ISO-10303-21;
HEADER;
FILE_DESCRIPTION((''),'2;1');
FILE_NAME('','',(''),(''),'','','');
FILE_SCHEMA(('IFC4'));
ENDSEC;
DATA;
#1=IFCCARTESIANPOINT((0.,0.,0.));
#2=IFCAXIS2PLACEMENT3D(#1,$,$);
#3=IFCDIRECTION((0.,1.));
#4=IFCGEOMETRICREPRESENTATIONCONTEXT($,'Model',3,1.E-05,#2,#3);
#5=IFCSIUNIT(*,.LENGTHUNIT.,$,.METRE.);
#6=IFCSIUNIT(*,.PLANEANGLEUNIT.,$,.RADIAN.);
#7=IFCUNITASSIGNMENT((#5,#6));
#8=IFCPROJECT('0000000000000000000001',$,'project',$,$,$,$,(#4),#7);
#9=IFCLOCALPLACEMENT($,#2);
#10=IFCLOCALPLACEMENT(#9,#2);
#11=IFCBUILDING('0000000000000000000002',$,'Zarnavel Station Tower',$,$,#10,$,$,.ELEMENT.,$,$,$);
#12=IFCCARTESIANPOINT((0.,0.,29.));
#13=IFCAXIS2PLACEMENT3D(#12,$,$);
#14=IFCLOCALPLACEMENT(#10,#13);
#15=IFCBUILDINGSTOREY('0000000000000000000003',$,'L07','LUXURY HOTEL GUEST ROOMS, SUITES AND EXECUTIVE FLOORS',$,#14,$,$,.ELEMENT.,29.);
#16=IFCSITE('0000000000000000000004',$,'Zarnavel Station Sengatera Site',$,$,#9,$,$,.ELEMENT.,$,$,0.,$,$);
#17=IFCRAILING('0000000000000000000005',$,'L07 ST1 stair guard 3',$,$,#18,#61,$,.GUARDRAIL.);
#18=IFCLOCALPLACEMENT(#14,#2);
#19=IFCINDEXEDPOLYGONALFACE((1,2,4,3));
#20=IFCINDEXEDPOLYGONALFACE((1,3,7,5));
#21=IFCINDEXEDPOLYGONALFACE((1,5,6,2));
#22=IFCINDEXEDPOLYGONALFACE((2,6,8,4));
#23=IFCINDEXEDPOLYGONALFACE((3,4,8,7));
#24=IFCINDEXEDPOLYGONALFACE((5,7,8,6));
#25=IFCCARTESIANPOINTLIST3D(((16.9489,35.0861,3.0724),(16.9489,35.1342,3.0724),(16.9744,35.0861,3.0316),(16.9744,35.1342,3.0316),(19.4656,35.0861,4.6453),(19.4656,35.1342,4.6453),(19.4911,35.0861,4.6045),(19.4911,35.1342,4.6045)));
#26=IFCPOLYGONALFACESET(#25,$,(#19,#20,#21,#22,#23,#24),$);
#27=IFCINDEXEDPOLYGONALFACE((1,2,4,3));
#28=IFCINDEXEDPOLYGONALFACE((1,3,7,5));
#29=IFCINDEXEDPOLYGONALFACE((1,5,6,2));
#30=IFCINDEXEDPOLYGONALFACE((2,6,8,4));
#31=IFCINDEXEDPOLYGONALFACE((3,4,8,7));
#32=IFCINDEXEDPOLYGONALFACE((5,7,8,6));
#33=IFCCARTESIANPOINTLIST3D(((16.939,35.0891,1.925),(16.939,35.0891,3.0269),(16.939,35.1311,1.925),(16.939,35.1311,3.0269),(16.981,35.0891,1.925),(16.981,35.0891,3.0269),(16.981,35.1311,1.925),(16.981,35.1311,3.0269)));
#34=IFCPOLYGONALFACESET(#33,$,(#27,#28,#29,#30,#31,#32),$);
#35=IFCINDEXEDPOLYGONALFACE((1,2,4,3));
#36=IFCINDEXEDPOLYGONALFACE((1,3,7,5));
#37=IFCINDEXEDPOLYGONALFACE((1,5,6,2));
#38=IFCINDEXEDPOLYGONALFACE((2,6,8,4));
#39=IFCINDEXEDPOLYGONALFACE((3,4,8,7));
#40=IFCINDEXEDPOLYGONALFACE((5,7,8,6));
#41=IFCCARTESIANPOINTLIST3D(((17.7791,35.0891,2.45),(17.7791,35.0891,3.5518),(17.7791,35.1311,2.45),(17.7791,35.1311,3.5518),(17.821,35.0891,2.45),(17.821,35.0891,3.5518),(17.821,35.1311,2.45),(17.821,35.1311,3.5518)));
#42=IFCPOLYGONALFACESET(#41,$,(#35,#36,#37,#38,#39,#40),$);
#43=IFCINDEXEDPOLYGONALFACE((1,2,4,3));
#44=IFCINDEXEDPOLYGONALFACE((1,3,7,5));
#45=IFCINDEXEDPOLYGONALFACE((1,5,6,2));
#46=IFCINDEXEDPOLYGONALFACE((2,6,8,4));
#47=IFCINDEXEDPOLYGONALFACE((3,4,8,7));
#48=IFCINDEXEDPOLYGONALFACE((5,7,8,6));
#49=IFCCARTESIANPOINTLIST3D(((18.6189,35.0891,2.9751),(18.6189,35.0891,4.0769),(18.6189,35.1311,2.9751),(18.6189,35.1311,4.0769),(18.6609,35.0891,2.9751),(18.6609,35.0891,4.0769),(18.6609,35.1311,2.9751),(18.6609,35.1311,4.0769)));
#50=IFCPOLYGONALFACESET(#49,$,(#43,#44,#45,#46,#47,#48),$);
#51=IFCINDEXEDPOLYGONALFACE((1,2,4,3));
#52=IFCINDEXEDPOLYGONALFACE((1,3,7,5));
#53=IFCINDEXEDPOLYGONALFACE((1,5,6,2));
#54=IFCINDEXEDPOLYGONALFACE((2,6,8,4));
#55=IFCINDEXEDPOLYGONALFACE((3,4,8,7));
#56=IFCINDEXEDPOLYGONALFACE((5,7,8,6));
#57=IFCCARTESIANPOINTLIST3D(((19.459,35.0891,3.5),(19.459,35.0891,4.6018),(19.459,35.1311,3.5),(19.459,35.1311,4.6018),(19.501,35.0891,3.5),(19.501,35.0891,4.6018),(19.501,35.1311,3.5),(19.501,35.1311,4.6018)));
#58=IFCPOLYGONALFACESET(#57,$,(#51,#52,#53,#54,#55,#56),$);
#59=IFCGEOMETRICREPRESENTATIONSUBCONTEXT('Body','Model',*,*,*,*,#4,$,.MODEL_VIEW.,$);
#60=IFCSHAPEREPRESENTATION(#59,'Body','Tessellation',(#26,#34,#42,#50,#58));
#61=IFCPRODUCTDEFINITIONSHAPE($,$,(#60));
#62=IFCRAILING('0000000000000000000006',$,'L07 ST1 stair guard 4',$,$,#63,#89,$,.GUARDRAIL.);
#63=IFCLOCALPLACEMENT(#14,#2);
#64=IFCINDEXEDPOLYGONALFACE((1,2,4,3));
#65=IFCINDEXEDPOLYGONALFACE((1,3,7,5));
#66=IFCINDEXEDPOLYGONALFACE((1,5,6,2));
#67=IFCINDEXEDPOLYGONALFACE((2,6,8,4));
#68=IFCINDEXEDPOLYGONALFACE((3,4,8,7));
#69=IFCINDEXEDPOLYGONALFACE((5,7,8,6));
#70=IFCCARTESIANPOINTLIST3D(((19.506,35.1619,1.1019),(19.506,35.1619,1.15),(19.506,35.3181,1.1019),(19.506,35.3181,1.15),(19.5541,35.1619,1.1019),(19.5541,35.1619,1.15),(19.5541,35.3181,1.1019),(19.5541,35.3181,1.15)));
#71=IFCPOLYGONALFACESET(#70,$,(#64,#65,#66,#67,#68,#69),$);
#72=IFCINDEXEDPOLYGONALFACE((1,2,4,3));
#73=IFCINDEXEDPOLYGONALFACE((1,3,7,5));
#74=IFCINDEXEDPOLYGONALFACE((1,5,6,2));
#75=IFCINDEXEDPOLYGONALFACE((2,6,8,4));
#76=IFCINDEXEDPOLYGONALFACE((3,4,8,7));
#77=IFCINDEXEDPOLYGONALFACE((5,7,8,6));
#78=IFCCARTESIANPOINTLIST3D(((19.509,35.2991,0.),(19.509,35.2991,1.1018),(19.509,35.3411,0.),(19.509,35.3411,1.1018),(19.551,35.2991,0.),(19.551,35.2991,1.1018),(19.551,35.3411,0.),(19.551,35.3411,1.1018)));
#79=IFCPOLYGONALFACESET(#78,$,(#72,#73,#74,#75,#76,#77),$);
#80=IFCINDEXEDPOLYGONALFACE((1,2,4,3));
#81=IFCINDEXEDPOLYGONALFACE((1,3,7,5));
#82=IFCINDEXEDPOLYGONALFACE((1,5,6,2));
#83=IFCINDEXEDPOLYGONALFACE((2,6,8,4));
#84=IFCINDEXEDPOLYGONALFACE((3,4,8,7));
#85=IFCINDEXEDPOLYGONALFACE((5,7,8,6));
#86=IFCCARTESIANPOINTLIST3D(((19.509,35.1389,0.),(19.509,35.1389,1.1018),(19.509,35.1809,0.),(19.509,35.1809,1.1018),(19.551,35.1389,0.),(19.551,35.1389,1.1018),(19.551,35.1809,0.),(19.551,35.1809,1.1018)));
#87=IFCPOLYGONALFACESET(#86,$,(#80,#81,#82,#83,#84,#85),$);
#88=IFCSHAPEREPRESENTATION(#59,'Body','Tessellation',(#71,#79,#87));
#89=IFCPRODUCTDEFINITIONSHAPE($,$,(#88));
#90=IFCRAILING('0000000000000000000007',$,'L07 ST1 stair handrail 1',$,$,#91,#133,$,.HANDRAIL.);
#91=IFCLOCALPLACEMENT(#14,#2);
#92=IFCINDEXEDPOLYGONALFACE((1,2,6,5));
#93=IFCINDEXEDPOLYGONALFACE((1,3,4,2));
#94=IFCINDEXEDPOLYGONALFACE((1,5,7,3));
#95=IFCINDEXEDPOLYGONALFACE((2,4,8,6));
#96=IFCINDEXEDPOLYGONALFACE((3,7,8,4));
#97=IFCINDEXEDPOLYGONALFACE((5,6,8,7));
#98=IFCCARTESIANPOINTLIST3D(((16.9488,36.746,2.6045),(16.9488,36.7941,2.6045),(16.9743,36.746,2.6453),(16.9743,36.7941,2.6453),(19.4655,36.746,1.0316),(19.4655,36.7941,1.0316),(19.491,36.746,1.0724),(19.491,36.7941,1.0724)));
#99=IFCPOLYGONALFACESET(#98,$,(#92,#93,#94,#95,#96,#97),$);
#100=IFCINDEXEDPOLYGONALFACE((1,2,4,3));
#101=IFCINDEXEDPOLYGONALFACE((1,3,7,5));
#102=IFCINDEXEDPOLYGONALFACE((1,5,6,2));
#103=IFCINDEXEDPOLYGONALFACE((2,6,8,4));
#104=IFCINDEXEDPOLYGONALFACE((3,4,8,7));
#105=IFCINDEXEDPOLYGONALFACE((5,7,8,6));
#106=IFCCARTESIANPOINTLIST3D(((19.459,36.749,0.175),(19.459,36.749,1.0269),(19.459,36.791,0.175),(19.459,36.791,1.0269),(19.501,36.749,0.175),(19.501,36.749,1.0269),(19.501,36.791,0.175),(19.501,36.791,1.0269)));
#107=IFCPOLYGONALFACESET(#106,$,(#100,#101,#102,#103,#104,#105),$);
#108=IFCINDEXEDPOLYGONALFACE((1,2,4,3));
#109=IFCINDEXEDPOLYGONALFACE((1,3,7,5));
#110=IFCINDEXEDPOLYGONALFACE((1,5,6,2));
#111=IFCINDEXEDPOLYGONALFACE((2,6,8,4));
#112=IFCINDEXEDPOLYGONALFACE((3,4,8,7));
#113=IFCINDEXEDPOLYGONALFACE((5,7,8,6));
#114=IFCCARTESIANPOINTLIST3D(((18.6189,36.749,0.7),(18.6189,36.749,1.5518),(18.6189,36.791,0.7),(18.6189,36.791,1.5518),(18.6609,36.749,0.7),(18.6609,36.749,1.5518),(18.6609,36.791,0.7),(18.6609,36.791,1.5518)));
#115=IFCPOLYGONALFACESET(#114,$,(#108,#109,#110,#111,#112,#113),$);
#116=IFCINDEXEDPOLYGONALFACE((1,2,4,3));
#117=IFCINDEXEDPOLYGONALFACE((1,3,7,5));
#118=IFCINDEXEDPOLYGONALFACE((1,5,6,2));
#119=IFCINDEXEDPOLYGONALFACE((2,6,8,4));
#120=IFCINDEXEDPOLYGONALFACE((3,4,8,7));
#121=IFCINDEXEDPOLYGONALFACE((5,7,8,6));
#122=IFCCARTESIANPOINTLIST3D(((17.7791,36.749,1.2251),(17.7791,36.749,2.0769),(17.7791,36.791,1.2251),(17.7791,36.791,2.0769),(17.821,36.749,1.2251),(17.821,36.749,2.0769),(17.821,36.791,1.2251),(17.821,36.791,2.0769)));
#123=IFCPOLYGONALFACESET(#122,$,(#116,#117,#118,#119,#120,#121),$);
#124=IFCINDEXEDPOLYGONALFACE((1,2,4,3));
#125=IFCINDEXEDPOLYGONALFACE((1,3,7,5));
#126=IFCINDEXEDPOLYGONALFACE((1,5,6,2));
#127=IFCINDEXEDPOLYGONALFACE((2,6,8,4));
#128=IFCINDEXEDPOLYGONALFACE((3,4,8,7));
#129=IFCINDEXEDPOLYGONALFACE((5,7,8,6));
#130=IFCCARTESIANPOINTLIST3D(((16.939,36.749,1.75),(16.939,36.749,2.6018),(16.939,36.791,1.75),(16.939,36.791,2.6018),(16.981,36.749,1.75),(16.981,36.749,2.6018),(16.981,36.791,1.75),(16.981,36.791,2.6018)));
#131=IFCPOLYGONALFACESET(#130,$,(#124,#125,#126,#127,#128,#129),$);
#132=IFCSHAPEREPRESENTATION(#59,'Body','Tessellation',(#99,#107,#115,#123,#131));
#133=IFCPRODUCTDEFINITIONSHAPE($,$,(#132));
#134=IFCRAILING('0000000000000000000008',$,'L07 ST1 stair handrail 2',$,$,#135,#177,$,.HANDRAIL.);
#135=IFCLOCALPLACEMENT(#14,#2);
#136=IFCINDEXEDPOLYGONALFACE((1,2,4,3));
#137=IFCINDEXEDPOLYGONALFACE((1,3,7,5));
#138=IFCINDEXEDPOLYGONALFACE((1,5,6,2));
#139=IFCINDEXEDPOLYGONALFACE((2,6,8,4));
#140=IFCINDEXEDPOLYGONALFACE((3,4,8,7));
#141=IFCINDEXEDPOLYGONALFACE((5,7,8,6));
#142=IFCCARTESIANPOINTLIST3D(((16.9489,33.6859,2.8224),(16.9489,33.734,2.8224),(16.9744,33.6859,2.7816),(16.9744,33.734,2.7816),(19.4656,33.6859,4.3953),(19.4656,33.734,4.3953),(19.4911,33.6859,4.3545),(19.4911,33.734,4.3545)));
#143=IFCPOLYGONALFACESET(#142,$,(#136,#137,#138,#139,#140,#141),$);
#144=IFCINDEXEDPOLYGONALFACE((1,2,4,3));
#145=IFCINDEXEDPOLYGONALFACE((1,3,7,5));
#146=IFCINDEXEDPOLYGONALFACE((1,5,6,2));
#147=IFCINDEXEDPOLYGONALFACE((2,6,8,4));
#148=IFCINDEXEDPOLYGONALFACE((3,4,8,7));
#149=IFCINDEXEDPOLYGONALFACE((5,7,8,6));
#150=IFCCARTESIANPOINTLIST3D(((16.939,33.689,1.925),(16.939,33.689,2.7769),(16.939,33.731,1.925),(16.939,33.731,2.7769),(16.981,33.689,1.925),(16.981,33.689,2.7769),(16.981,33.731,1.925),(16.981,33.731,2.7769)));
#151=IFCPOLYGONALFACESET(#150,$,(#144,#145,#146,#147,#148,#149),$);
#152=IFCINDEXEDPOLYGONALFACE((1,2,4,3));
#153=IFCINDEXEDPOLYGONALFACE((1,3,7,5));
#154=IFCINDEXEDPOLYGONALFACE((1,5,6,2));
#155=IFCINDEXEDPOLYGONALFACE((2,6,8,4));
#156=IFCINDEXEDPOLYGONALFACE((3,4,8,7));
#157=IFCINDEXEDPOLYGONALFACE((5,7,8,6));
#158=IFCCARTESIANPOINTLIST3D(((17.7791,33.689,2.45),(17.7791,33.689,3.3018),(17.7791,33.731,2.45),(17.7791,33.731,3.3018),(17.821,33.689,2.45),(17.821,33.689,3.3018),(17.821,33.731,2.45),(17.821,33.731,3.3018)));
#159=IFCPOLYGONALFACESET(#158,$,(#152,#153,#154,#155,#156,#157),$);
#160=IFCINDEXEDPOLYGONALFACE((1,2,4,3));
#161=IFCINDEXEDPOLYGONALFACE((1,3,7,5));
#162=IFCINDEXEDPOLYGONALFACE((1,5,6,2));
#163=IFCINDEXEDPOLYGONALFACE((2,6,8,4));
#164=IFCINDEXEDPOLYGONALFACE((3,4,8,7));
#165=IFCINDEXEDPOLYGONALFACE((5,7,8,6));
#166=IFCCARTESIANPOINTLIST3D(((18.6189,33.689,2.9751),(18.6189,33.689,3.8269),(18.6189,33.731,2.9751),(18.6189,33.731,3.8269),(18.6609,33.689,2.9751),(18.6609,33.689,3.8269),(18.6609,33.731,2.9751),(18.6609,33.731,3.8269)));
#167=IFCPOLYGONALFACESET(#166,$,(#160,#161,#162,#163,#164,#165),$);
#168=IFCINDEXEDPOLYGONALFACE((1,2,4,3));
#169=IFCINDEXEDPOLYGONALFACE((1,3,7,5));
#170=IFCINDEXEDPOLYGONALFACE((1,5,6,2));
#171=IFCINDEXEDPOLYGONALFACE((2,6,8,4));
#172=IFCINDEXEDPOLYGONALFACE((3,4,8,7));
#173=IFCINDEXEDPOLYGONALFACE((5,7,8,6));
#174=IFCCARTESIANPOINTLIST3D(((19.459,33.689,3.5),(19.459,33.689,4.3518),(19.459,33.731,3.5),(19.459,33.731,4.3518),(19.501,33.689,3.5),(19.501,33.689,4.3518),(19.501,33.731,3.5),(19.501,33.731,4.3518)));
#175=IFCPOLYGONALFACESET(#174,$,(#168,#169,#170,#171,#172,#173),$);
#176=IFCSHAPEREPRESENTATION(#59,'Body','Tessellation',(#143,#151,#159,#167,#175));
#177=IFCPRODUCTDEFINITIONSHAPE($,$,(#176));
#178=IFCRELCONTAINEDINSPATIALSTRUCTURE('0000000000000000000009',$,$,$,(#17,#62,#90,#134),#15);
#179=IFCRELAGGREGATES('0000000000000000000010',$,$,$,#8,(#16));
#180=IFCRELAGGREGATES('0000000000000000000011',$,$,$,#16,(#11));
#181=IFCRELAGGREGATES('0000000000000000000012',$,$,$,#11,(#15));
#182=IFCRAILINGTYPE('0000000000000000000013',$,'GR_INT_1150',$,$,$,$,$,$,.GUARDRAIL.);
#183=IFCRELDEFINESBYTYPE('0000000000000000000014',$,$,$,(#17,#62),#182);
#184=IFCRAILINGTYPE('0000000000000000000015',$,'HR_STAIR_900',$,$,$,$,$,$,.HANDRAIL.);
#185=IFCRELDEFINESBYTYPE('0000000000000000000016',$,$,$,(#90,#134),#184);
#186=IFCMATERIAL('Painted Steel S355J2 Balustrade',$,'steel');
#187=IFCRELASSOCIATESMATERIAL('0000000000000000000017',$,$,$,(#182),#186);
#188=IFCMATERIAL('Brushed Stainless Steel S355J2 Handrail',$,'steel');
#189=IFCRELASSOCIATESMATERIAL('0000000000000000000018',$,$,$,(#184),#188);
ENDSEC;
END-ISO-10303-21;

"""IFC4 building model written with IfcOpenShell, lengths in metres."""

from ifc_helpers import new_model, si_unit, direction, frame, origin, origin_2d, place, context, subcontext, project, spatial, rectangle, extrude, material, type_object, element, save


model = new_model("IFC4")

# Units and contexts
model_context = context("Model", 3, precision=1e-05, world=origin(), true_north=direction((0.0, 1.0)))
body_context = subcontext(model_context, "Body", "Model", "MODEL_VIEW")
ifc_project = project(units=[si_unit("LENGTHUNIT", "METRE"), si_unit("PLANEANGLEUNIT", "RADIAN")], contexts=[model_context])

# Site, building, storey
site_placement = place(None, origin())
site = spatial("IfcSite", under=ifc_project, at=site_placement, Name="Zarnavel Station Sengatera Site", CompositionType="ELEMENT", RefElevation=0.0)
building_placement = place(site_placement, origin())
building = spatial("IfcBuilding", under=site, at=building_placement, Name="Zarnavel Station Tower", CompositionType="ELEMENT")
storey_placement = place(building_placement, frame((0.0, 0.0, 29.0)))
storey = spatial("IfcBuildingStorey", under=building, at=storey_placement, Name="L07", Description="LUXURY HOTEL GUEST ROOMS, SUITES AND EXECUTIVE FLOORS", CompositionType="ELEMENT", Elevation=29.0)

# Railings
ifc_material_1 = material(Name="Painted Steel S355J2 Balustrade", Category="steel")
railing_type_1 = type_object("IfcRailingType", Name="GR_INT_1150", PredefinedType="GUARDRAIL", material=ifc_material_1)
railing_1_placement = place(storey_placement, frame((16.96, 35.1101, 1.925)))
element("IfcRailing", 1, at=railing_1_placement, inside=storey, type_object=railing_type_1, Name="L07 ST1 stair guard 3", PredefinedType="GUARDRAIL", context=body_context, shape_type="SweptSolid", body=[
    extrude(rectangle(XDim=0.0481, YDim=0.0481, at=origin_2d()), frame((0.0017, 0.0, 1.127), z_axis=(0.848008, 0.0, 0.529984), x_axis=(0.0, 1.0, 0.0)), (0.0, 0.0, 1.0), 2.9678),
    extrude(rectangle(XDim=0.042, YDim=0.042, at=origin_2d()), origin(), (0.0, 0.0, 1.0), 1.1018),
    extrude(rectangle(XDim=0.042, YDim=0.042, at=origin_2d()), frame((0.8401, 0.0, 0.5249)), (0.0, 0.0, 1.0), 1.1018),
    extrude(rectangle(XDim=0.042, YDim=0.042, at=origin_2d()), frame((1.6799, 0.0, 1.05)), (0.0, 0.0, 1.0), 1.1018),
    extrude(rectangle(XDim=0.042, YDim=0.042, at=origin_2d()), frame((2.52, 0.0, 1.575)), (0.0, 0.0, 1.0), 1.1018),
])
railing_2_placement = place(storey_placement, frame((19.53, 35.3201, 0.0)))
element("IfcRailing", 2, at=railing_2_placement, inside=storey, type_object=railing_type_1, Name="L07 ST1 stair guard 4", PredefinedType="GUARDRAIL", context=body_context, shape_type="SweptSolid", body=[
    extrude(rectangle(XDim=0.0481, YDim=0.0481, at=origin_2d()), frame((0.0, -0.002, 1.126), z_axis=(0.0, -1.0, 0.0), x_axis=(1.0, 0.0, 0.0)), (0.0, 0.0, 1.0), 0.1562),
    extrude(rectangle(XDim=0.042, YDim=0.042, at=origin_2d()), origin(), (0.0, 0.0, 1.0), 1.1018),
    extrude(rectangle(XDim=0.042, YDim=0.042, at=origin_2d()), frame((0.0, -0.1602, 0.0)), (0.0, 0.0, 1.0), 1.1018),
])
ifc_material_2 = material(Name="Brushed Stainless Steel S355J2 Handrail", Category="steel")
railing_type_2 = type_object("IfcRailingType", Name="HR_STAIR_900", PredefinedType="HANDRAIL", material=ifc_material_2)
railing_3_placement = place(storey_placement, frame((19.48, 36.77, 0.175)))
element("IfcRailing", 3, at=railing_3_placement, inside=storey, type_object=railing_type_2, Name="L07 ST1 stair handrail 1", PredefinedType="HANDRAIL", context=body_context, shape_type="SweptSolid", body=[
    extrude(rectangle(XDim=0.0481, YDim=0.0481, at=origin_2d()), frame((-0.0017, 0.0, 0.877), z_axis=(-0.848008, 0.0, 0.529984), x_axis=(0.0, -1.0, 0.0)), (0.0, 0.0, 1.0), 2.9678),
    extrude(rectangle(XDim=0.042, YDim=0.042, at=origin_2d()), origin(), (0.0, 0.0, 1.0), 0.8518),
    extrude(rectangle(XDim=0.042, YDim=0.042, at=origin_2d()), frame((-0.8401, 0.0, 0.5249)), (0.0, 0.0, 1.0), 0.8518),
    extrude(rectangle(XDim=0.042, YDim=0.042, at=origin_2d()), frame((-1.6799, 0.0, 1.05)), (0.0, 0.0, 1.0), 0.8518),
    extrude(rectangle(XDim=0.042, YDim=0.042, at=origin_2d()), frame((-2.52, 0.0, 1.575)), (0.0, 0.0, 1.0), 0.8518),
])
railing_4_placement = place(storey_placement, frame((16.96, 33.71, 1.925)))
element("IfcRailing", 4, at=railing_4_placement, inside=storey, type_object=railing_type_2, Name="L07 ST1 stair handrail 2", PredefinedType="HANDRAIL", context=body_context, shape_type="SweptSolid", body=[
    extrude(rectangle(XDim=0.0481, YDim=0.0481, at=origin_2d()), frame((0.0017, 0.0, 0.877), z_axis=(0.848008, 0.0, 0.529984), x_axis=(0.0, 1.0, 0.0)), (0.0, 0.0, 1.0), 2.9678),
    extrude(rectangle(XDim=0.042, YDim=0.042, at=origin_2d()), origin(), (0.0, 0.0, 1.0), 0.8518),
    extrude(rectangle(XDim=0.042, YDim=0.042, at=origin_2d()), frame((0.8401, 0.0, 0.5249)), (0.0, 0.0, 1.0), 0.8518),
    extrude(rectangle(XDim=0.042, YDim=0.042, at=origin_2d()), frame((1.6799, 0.0, 1.05)), (0.0, 0.0, 1.0), 0.8518),
    extrude(rectangle(XDim=0.042, YDim=0.042, at=origin_2d()), frame((2.52, 0.0, 1.575)), (0.0, 0.0, 1.0), 0.8518),
])

save(model, "model.ifc")
